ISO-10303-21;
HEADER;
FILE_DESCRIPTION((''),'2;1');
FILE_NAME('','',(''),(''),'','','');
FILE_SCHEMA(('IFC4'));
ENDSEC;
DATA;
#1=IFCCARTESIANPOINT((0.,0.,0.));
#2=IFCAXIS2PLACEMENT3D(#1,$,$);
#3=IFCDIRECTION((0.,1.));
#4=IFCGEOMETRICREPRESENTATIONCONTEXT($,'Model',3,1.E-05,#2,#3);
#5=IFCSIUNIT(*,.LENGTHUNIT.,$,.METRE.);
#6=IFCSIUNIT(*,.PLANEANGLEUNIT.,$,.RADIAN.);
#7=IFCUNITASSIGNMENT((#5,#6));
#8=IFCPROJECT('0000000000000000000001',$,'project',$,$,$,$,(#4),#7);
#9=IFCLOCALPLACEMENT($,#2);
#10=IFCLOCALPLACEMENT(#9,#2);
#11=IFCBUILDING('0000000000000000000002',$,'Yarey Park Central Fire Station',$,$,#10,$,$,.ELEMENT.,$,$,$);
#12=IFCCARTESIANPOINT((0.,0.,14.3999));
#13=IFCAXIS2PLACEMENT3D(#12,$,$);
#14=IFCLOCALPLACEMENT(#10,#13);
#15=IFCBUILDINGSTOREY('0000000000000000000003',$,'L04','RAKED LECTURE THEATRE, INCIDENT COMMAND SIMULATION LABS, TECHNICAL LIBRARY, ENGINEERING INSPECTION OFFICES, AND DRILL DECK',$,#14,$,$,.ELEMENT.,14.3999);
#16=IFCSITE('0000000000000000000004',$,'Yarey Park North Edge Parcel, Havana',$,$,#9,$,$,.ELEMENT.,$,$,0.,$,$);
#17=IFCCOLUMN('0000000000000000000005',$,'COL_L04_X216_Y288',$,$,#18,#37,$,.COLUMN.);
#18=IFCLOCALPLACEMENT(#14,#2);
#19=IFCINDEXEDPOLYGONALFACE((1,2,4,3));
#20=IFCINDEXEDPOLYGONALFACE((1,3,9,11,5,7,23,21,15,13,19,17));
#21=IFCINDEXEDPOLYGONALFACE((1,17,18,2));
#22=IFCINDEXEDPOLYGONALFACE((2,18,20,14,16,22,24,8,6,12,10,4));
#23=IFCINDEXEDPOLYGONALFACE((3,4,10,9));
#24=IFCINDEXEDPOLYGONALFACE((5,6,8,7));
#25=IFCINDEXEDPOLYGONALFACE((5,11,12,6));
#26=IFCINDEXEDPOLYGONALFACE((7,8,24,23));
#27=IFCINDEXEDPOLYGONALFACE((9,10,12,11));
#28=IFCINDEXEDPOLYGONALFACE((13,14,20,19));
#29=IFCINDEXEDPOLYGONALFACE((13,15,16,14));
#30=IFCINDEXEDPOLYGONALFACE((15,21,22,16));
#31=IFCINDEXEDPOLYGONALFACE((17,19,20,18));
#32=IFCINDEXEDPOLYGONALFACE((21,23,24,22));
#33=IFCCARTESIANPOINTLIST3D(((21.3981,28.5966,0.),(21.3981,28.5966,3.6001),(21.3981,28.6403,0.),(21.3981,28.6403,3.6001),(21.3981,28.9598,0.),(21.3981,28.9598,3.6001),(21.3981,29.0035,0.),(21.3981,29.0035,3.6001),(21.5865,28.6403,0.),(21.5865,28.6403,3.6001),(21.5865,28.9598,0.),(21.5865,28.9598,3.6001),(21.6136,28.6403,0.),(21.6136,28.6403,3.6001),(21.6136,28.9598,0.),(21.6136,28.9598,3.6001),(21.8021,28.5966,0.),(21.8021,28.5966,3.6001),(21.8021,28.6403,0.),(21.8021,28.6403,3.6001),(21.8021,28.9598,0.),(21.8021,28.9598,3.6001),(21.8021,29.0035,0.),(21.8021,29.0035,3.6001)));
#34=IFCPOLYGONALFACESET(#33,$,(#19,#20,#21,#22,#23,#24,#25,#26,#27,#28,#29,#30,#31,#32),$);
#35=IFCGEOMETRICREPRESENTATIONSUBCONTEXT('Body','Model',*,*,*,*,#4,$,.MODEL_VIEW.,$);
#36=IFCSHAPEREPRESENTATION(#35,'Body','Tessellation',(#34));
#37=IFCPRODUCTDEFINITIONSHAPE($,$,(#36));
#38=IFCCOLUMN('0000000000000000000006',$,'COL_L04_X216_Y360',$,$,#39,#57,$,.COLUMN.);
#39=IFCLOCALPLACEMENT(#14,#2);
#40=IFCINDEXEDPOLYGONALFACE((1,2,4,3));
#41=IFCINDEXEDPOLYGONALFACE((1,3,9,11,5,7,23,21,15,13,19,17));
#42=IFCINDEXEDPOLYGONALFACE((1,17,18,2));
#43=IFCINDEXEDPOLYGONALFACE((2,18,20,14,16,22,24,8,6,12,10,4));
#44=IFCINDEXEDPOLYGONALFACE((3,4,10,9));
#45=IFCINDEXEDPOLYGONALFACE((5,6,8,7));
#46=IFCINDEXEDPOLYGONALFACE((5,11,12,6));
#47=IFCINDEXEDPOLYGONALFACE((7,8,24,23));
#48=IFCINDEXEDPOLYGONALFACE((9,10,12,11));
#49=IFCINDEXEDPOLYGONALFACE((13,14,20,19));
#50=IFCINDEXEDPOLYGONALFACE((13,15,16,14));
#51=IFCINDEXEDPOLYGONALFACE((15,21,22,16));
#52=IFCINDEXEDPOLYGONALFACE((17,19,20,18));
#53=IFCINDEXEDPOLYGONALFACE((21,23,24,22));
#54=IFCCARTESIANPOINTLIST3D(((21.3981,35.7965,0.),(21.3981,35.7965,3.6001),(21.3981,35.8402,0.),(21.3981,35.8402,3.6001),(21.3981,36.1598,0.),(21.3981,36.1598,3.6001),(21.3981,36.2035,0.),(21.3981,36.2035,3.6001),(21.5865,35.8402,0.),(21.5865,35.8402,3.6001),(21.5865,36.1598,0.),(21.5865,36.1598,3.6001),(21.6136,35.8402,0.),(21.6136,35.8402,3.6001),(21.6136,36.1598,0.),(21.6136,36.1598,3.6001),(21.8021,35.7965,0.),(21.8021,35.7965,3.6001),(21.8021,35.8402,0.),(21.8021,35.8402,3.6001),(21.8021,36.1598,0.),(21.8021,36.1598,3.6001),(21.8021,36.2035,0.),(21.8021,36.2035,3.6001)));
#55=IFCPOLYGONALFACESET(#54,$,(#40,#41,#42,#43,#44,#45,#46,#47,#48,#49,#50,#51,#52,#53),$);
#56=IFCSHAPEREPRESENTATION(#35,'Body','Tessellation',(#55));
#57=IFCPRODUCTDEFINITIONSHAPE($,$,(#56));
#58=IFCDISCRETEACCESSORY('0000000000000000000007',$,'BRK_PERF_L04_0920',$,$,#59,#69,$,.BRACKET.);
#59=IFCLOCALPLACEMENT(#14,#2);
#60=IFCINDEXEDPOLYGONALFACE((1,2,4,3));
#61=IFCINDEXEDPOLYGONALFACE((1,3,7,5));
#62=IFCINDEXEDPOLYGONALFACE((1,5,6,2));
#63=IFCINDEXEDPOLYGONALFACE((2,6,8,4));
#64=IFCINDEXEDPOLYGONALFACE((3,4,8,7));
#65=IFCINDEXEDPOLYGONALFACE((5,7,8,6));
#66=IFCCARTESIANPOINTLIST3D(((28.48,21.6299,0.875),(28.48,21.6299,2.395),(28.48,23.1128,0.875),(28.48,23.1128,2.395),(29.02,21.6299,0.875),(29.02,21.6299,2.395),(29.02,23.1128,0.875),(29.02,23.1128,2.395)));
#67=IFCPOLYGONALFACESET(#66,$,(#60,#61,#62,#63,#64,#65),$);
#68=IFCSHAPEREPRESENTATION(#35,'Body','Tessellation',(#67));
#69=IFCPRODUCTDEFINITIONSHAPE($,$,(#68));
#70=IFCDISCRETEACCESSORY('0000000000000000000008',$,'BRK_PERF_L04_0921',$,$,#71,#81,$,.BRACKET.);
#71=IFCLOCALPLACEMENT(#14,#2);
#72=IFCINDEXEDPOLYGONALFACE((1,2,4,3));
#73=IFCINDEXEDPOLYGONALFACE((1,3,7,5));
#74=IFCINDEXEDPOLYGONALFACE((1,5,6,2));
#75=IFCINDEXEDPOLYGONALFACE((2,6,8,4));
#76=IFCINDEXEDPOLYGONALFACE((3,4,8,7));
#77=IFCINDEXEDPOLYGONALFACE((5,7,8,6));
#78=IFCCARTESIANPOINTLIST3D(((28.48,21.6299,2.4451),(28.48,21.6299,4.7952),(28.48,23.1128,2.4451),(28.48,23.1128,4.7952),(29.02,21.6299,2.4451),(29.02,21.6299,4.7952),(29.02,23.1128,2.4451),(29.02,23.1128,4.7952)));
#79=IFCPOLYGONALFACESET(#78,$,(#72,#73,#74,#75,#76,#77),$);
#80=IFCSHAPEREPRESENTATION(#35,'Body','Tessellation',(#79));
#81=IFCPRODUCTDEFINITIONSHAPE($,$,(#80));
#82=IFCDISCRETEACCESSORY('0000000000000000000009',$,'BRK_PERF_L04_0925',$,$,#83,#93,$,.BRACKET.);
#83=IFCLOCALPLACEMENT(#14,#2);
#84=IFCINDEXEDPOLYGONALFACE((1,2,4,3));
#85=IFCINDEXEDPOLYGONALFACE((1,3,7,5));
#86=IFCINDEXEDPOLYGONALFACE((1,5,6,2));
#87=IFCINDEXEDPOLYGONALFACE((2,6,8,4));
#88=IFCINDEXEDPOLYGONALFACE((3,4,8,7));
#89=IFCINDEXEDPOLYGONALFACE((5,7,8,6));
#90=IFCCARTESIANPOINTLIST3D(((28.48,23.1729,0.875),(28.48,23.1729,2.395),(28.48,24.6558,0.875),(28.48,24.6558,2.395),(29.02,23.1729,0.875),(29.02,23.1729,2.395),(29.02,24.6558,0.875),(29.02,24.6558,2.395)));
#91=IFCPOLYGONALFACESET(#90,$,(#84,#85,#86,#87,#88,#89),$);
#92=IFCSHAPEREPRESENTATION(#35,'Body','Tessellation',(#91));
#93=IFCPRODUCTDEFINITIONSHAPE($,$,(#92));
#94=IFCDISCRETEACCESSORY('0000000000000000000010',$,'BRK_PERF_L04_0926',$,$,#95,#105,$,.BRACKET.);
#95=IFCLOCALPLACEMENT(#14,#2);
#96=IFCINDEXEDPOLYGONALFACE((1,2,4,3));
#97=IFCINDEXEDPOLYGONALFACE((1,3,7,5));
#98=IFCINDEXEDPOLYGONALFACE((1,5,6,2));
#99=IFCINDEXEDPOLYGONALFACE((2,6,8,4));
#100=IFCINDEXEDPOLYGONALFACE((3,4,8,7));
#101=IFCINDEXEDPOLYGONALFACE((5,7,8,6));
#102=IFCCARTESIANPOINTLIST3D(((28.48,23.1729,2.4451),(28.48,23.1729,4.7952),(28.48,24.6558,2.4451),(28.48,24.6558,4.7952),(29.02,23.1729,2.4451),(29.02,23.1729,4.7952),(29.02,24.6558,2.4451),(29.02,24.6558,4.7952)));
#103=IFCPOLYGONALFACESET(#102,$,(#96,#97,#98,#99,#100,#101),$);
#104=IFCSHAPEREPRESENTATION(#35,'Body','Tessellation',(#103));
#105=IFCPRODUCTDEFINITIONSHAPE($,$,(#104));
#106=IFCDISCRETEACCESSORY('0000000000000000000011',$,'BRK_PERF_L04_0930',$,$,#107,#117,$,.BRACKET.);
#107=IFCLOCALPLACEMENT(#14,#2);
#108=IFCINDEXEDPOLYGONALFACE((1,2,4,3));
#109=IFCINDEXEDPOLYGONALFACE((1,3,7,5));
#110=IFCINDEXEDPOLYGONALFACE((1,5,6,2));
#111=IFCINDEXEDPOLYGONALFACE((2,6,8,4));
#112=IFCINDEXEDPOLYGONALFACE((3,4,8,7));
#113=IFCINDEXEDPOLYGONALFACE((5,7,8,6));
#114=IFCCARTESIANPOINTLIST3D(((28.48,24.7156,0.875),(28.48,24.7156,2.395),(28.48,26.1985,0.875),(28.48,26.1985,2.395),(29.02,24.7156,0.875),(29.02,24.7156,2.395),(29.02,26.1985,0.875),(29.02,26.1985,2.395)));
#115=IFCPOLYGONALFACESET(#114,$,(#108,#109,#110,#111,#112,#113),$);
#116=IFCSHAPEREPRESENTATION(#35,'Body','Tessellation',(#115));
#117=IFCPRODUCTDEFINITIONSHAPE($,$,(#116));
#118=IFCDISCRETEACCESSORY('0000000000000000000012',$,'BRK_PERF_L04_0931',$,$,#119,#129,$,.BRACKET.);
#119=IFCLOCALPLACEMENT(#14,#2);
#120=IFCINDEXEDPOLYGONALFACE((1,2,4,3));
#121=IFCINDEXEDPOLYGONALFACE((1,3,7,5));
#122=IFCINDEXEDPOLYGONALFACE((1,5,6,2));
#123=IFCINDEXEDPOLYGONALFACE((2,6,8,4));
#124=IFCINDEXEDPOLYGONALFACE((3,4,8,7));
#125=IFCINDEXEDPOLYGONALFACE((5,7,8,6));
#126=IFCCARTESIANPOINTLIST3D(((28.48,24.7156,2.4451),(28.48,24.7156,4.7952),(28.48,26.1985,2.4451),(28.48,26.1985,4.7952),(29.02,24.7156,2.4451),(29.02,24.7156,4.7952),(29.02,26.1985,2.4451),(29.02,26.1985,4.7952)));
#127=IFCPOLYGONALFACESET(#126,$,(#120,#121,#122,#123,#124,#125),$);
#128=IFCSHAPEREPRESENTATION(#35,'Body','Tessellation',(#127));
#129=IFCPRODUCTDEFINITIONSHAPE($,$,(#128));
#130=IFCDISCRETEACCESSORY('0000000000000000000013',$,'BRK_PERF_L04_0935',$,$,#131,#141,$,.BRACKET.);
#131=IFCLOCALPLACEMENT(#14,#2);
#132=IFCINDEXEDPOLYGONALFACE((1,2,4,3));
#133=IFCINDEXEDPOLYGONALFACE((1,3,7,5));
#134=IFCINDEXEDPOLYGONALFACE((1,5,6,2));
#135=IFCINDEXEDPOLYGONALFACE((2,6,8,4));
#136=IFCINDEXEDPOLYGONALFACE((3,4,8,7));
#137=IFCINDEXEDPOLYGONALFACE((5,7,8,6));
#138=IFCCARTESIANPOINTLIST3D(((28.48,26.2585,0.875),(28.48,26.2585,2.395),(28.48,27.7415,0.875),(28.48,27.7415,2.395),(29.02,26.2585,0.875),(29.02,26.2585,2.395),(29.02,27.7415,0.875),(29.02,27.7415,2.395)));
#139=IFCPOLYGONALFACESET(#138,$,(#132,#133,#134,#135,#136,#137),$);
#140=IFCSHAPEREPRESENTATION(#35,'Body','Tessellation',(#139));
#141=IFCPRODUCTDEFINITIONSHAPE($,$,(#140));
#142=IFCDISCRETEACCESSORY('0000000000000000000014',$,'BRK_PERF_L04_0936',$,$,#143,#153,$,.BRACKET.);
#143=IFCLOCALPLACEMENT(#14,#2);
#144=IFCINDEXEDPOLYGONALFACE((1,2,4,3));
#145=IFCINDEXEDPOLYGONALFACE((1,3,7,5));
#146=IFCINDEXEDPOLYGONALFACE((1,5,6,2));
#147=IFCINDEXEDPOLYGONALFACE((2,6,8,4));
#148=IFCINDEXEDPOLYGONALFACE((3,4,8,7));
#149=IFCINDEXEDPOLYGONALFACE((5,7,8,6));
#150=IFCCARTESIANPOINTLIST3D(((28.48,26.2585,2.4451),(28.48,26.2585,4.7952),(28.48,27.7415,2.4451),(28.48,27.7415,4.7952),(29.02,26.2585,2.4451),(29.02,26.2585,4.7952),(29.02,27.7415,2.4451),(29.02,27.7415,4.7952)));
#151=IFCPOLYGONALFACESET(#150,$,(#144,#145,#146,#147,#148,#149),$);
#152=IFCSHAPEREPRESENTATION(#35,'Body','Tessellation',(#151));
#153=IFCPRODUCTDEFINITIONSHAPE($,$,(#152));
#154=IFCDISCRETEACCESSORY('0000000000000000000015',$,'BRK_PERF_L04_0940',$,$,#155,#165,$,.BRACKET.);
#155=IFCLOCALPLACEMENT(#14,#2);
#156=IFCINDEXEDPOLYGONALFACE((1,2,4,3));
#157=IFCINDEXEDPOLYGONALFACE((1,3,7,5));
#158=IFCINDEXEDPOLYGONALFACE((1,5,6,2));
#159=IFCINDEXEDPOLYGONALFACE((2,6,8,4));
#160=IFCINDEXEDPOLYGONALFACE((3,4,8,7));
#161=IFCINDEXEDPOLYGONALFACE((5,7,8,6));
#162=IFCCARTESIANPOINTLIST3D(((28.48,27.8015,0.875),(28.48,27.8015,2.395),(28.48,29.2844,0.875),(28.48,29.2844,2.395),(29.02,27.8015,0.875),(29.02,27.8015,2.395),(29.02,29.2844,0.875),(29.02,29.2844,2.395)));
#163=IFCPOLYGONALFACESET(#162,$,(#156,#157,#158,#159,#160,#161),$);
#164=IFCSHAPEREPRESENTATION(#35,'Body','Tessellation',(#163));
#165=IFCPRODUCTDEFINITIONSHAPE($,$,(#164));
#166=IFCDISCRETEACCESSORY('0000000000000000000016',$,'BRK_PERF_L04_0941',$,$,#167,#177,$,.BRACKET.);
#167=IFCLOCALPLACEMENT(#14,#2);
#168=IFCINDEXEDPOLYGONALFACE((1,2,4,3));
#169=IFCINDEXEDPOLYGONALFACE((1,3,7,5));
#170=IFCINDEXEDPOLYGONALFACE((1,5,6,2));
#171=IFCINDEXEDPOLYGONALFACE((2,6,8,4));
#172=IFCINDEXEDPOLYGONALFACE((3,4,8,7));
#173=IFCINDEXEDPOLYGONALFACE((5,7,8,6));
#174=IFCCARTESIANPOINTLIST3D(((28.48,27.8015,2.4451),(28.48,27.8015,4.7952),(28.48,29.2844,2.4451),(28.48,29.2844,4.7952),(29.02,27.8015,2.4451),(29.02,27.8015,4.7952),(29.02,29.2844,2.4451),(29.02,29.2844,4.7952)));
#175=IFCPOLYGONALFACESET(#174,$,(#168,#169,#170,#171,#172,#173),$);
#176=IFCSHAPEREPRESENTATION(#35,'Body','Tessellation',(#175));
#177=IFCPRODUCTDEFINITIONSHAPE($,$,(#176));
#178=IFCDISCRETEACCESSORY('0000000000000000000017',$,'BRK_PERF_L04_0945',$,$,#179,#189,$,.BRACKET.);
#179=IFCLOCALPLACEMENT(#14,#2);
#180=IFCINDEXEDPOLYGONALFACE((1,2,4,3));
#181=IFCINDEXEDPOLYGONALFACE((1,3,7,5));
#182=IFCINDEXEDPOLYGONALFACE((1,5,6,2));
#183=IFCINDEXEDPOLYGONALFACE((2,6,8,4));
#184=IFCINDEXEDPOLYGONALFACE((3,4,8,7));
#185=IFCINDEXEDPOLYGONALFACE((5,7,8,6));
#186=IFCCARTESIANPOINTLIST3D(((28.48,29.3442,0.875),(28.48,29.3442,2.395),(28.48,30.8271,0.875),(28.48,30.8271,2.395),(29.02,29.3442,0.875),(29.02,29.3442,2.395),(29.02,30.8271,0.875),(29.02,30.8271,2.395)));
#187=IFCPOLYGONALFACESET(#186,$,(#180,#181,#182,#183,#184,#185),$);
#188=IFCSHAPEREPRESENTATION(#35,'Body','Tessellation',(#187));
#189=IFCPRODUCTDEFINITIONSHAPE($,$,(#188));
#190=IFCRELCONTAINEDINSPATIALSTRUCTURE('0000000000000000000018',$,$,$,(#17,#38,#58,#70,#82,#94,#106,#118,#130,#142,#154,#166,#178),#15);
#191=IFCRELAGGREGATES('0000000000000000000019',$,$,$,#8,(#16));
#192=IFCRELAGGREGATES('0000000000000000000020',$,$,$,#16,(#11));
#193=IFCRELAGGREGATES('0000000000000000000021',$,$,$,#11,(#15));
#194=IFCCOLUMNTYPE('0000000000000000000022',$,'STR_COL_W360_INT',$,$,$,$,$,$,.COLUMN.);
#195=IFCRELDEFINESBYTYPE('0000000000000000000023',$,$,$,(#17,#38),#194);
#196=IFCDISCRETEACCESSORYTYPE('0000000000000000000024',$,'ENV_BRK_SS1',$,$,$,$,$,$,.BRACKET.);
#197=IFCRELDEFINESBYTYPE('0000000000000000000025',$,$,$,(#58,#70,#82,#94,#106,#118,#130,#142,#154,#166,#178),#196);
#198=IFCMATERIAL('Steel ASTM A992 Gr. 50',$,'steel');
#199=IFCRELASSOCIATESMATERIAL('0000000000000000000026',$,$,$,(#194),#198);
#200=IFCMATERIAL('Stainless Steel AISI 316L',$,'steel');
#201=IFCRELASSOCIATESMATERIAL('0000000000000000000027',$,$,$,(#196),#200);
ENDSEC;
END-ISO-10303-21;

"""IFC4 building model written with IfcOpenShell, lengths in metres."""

from ifc_helpers import new_model, si_unit, direction, frame, origin, origin_2d, place, context, subcontext, project, spatial, rectangle, i_section, extrude, material, material_profile, profile_set, type_object, element, save


model = new_model("IFC4")

# Units and contexts
model_context = context("Model", 3, precision=1e-05, world=origin(), true_north=direction((0.0, 1.0)))
body_context = subcontext(model_context, "Body", "Model", "MODEL_VIEW")
ifc_project = project(units=[si_unit("LENGTHUNIT", "METRE"), si_unit("PLANEANGLEUNIT", "RADIAN")], contexts=[model_context])

# Site, building, storey
site_placement = place(None, origin())
site = spatial("IfcSite", under=ifc_project, at=site_placement, Name="Yarey Park North Edge Parcel, Havana", CompositionType="ELEMENT", RefElevation=0.0)
building_placement = place(site_placement, origin())
building = spatial("IfcBuilding", under=site, at=building_placement, Name="Yarey Park Central Fire Station", CompositionType="ELEMENT")
storey_placement = place(building_placement, frame((0.0, 0.0, 14.3999)))
storey = spatial("IfcBuildingStorey", under=building, at=storey_placement, Name="L04", Description="RAKED LECTURE THEATRE, INCIDENT COMMAND SIMULATION LABS, TECHNICAL LIBRARY, ENGINEERING INSPECTION OFFICES, AND DRILL DECK", CompositionType="ELEMENT", Elevation=14.3999)

# Columns
ifc_material_1 = material(Name="Steel ASTM A992 Gr. 50", Category="steel")
ifc_material_profile = material_profile(ifc_material_1, i_section(OverallWidth=0.4041, OverallDepth=0.407, WebThickness=0.0271, FlangeThickness=0.0437, at=origin_2d()), Name="W360x347")
ifc_profile_set = profile_set([ifc_material_profile], Name="Steel ASTM A992 Gr. 50")
column_type = type_object("IfcColumnType", Name="STR_COL_W360_INT", PredefinedType="COLUMN", material=ifc_profile_set)
for number, where, z_axis, x_axis, name in (
    (1, (21.6001, 28.8, 0.0), (0.0, 0.0, 1.0), (1.0, 0.0, 0.0), "COL_L04_X216_Y288"),
    (2, (21.6001, 36.0, 0.0), (0.0, 0.0, 1.0), (1.0, 0.0, 0.0), "COL_L04_X216_Y360"),
):
    element("IfcColumn", number, at=place(storey_placement, frame(where, z_axis=z_axis, x_axis=x_axis)), inside=storey, type_object=column_type, Name=name, PredefinedType="COLUMN", context=body_context, shape_type="SweptSolid", body=[
        extrude(i_section(OverallWidth=0.4041, OverallDepth=0.407, WebThickness=0.0271, FlangeThickness=0.0437, at=origin_2d()), origin(), (0.0, 0.0, 1.0), 3.6001),
    ])

# Discrete accessories
ifc_material_2 = material(Name="Stainless Steel AISI 316L", Category="steel")
discrete_accessory_type = type_object("IfcDiscreteAccessoryType", Name="ENV_BRK_SS1", PredefinedType="BRACKET", material=ifc_material_2)
discrete_accessory_1_placement = place(storey_placement, frame((28.75, 22.3713, 0.875), z_axis=(0.0, 0.0, 1.0), x_axis=(1.0, 0.0, 0.0)))
element("IfcDiscreteAccessory", 3, at=discrete_accessory_1_placement, inside=storey, type_object=discrete_accessory_type, Name="BRK_PERF_L04_0920", PredefinedType="BRACKET", context=body_context, shape_type="SweptSolid", body=[
    extrude(rectangle(XDim=0.54, YDim=1.4829, at=origin_2d()), origin(), (0.0, 0.0, 1.0), 1.52),
])
discrete_accessory_2_placement = place(storey_placement, frame((28.75, 22.3713, 2.4451), z_axis=(0.0, 0.0, 1.0), x_axis=(1.0, 0.0, 0.0)))
element("IfcDiscreteAccessory", 4, at=discrete_accessory_2_placement, inside=storey, type_object=discrete_accessory_type, Name="BRK_PERF_L04_0921", PredefinedType="BRACKET", context=body_context, shape_type="SweptSolid", body=[
    extrude(rectangle(XDim=0.54, YDim=1.4829, at=origin_2d()), origin(), (0.0, 0.0, 1.0), 2.3501),
])
discrete_accessory_3_placement = place(storey_placement, frame((28.75, 23.9143, 0.875), z_axis=(0.0, 0.0, 1.0), x_axis=(1.0, 0.0, 0.0)))
element("IfcDiscreteAccessory", 5, at=discrete_accessory_3_placement, inside=storey, type_object=discrete_accessory_type, Name="BRK_PERF_L04_0925", PredefinedType="BRACKET", context=body_context, shape_type="SweptSolid", body=[
    extrude(rectangle(XDim=0.54, YDim=1.4829, at=origin_2d()), origin(), (0.0, 0.0, 1.0), 1.52),
])
discrete_accessory_4_placement = place(storey_placement, frame((28.75, 23.9143, 2.4451), z_axis=(0.0, 0.0, 1.0), x_axis=(1.0, 0.0, 0.0)))
element("IfcDiscreteAccessory", 6, at=discrete_accessory_4_placement, inside=storey, type_object=discrete_accessory_type, Name="BRK_PERF_L04_0926", PredefinedType="BRACKET", context=body_context, shape_type="SweptSolid", body=[
    extrude(rectangle(XDim=0.54, YDim=1.4829, at=origin_2d()), origin(), (0.0, 0.0, 1.0), 2.3501),
])
discrete_accessory_5_placement = place(storey_placement, frame((28.75, 25.457, 0.875), z_axis=(0.0, 0.0, 1.0), x_axis=(1.0, 0.0, 0.0)))
element("IfcDiscreteAccessory", 7, at=discrete_accessory_5_placement, inside=storey, type_object=discrete_accessory_type, Name="BRK_PERF_L04_0930", PredefinedType="BRACKET", context=body_context, shape_type="SweptSolid", body=[
    extrude(rectangle(XDim=0.54, YDim=1.4829, at=origin_2d()), origin(), (0.0, 0.0, 1.0), 1.52),
])
discrete_accessory_6_placement = place(storey_placement, frame((28.75, 25.457, 2.4451), z_axis=(0.0, 0.0, 1.0), x_axis=(1.0, 0.0, 0.0)))
element("IfcDiscreteAccessory", 8, at=discrete_accessory_6_placement, inside=storey, type_object=discrete_accessory_type, Name="BRK_PERF_L04_0931", PredefinedType="BRACKET", context=body_context, shape_type="SweptSolid", body=[
    extrude(rectangle(XDim=0.54, YDim=1.4829, at=origin_2d()), origin(), (0.0, 0.0, 1.0), 2.3501),
])
discrete_accessory_7_placement = place(storey_placement, frame((28.75, 27.0, 0.875), z_axis=(0.0, 0.0, 1.0), x_axis=(1.0, 0.0, 0.0)))
element("IfcDiscreteAccessory", 9, at=discrete_accessory_7_placement, inside=storey, type_object=discrete_accessory_type, Name="BRK_PERF_L04_0935", PredefinedType="BRACKET", context=body_context, shape_type="SweptSolid", body=[
    extrude(rectangle(XDim=0.54, YDim=1.4829, at=origin_2d()), origin(), (0.0, 0.0, 1.0), 1.52),
])
discrete_accessory_8_placement = place(storey_placement, frame((28.75, 27.0, 2.4451), z_axis=(0.0, 0.0, 1.0), x_axis=(1.0, 0.0, 0.0)))
element("IfcDiscreteAccessory", 10, at=discrete_accessory_8_placement, inside=storey, type_object=discrete_accessory_type, Name="BRK_PERF_L04_0936", PredefinedType="BRACKET", context=body_context, shape_type="SweptSolid", body=[
    extrude(rectangle(XDim=0.54, YDim=1.4829, at=origin_2d()), origin(), (0.0, 0.0, 1.0), 2.3501),
])
discrete_accessory_9_placement = place(storey_placement, frame((28.75, 28.543, 0.875), z_axis=(0.0, 0.0, 1.0), x_axis=(1.0, 0.0, 0.0)))
element("IfcDiscreteAccessory", 11, at=discrete_accessory_9_placement, inside=storey, type_object=discrete_accessory_type, Name="BRK_PERF_L04_0940", PredefinedType="BRACKET", context=body_context, shape_type="SweptSolid", body=[
    extrude(rectangle(XDim=0.54, YDim=1.4829, at=origin_2d()), origin(), (0.0, 0.0, 1.0), 1.52),
])
discrete_accessory_10_placement = place(storey_placement, frame((28.75, 28.543, 2.4451), z_axis=(0.0, 0.0, 1.0), x_axis=(1.0, 0.0, 0.0)))
element("IfcDiscreteAccessory", 12, at=discrete_accessory_10_placement, inside=storey, type_object=discrete_accessory_type, Name="BRK_PERF_L04_0941", PredefinedType="BRACKET", context=body_context, shape_type="SweptSolid", body=[
    extrude(rectangle(XDim=0.54, YDim=1.4829, at=origin_2d()), origin(), (0.0, 0.0, 1.0), 2.3501),
])
discrete_accessory_11_placement = place(storey_placement, frame((28.75, 30.0857, 0.875), z_axis=(0.0, 0.0, 1.0), x_axis=(1.0, 0.0, 0.0)))
element("IfcDiscreteAccessory", 13, at=discrete_accessory_11_placement, inside=storey, type_object=discrete_accessory_type, Name="BRK_PERF_L04_0945", PredefinedType="BRACKET", context=body_context, shape_type="SweptSolid", body=[
    extrude(rectangle(XDim=0.54, YDim=1.4829, at=origin_2d()), origin(), (0.0, 0.0, 1.0), 1.52),
])

save(model, "model.ifc")
